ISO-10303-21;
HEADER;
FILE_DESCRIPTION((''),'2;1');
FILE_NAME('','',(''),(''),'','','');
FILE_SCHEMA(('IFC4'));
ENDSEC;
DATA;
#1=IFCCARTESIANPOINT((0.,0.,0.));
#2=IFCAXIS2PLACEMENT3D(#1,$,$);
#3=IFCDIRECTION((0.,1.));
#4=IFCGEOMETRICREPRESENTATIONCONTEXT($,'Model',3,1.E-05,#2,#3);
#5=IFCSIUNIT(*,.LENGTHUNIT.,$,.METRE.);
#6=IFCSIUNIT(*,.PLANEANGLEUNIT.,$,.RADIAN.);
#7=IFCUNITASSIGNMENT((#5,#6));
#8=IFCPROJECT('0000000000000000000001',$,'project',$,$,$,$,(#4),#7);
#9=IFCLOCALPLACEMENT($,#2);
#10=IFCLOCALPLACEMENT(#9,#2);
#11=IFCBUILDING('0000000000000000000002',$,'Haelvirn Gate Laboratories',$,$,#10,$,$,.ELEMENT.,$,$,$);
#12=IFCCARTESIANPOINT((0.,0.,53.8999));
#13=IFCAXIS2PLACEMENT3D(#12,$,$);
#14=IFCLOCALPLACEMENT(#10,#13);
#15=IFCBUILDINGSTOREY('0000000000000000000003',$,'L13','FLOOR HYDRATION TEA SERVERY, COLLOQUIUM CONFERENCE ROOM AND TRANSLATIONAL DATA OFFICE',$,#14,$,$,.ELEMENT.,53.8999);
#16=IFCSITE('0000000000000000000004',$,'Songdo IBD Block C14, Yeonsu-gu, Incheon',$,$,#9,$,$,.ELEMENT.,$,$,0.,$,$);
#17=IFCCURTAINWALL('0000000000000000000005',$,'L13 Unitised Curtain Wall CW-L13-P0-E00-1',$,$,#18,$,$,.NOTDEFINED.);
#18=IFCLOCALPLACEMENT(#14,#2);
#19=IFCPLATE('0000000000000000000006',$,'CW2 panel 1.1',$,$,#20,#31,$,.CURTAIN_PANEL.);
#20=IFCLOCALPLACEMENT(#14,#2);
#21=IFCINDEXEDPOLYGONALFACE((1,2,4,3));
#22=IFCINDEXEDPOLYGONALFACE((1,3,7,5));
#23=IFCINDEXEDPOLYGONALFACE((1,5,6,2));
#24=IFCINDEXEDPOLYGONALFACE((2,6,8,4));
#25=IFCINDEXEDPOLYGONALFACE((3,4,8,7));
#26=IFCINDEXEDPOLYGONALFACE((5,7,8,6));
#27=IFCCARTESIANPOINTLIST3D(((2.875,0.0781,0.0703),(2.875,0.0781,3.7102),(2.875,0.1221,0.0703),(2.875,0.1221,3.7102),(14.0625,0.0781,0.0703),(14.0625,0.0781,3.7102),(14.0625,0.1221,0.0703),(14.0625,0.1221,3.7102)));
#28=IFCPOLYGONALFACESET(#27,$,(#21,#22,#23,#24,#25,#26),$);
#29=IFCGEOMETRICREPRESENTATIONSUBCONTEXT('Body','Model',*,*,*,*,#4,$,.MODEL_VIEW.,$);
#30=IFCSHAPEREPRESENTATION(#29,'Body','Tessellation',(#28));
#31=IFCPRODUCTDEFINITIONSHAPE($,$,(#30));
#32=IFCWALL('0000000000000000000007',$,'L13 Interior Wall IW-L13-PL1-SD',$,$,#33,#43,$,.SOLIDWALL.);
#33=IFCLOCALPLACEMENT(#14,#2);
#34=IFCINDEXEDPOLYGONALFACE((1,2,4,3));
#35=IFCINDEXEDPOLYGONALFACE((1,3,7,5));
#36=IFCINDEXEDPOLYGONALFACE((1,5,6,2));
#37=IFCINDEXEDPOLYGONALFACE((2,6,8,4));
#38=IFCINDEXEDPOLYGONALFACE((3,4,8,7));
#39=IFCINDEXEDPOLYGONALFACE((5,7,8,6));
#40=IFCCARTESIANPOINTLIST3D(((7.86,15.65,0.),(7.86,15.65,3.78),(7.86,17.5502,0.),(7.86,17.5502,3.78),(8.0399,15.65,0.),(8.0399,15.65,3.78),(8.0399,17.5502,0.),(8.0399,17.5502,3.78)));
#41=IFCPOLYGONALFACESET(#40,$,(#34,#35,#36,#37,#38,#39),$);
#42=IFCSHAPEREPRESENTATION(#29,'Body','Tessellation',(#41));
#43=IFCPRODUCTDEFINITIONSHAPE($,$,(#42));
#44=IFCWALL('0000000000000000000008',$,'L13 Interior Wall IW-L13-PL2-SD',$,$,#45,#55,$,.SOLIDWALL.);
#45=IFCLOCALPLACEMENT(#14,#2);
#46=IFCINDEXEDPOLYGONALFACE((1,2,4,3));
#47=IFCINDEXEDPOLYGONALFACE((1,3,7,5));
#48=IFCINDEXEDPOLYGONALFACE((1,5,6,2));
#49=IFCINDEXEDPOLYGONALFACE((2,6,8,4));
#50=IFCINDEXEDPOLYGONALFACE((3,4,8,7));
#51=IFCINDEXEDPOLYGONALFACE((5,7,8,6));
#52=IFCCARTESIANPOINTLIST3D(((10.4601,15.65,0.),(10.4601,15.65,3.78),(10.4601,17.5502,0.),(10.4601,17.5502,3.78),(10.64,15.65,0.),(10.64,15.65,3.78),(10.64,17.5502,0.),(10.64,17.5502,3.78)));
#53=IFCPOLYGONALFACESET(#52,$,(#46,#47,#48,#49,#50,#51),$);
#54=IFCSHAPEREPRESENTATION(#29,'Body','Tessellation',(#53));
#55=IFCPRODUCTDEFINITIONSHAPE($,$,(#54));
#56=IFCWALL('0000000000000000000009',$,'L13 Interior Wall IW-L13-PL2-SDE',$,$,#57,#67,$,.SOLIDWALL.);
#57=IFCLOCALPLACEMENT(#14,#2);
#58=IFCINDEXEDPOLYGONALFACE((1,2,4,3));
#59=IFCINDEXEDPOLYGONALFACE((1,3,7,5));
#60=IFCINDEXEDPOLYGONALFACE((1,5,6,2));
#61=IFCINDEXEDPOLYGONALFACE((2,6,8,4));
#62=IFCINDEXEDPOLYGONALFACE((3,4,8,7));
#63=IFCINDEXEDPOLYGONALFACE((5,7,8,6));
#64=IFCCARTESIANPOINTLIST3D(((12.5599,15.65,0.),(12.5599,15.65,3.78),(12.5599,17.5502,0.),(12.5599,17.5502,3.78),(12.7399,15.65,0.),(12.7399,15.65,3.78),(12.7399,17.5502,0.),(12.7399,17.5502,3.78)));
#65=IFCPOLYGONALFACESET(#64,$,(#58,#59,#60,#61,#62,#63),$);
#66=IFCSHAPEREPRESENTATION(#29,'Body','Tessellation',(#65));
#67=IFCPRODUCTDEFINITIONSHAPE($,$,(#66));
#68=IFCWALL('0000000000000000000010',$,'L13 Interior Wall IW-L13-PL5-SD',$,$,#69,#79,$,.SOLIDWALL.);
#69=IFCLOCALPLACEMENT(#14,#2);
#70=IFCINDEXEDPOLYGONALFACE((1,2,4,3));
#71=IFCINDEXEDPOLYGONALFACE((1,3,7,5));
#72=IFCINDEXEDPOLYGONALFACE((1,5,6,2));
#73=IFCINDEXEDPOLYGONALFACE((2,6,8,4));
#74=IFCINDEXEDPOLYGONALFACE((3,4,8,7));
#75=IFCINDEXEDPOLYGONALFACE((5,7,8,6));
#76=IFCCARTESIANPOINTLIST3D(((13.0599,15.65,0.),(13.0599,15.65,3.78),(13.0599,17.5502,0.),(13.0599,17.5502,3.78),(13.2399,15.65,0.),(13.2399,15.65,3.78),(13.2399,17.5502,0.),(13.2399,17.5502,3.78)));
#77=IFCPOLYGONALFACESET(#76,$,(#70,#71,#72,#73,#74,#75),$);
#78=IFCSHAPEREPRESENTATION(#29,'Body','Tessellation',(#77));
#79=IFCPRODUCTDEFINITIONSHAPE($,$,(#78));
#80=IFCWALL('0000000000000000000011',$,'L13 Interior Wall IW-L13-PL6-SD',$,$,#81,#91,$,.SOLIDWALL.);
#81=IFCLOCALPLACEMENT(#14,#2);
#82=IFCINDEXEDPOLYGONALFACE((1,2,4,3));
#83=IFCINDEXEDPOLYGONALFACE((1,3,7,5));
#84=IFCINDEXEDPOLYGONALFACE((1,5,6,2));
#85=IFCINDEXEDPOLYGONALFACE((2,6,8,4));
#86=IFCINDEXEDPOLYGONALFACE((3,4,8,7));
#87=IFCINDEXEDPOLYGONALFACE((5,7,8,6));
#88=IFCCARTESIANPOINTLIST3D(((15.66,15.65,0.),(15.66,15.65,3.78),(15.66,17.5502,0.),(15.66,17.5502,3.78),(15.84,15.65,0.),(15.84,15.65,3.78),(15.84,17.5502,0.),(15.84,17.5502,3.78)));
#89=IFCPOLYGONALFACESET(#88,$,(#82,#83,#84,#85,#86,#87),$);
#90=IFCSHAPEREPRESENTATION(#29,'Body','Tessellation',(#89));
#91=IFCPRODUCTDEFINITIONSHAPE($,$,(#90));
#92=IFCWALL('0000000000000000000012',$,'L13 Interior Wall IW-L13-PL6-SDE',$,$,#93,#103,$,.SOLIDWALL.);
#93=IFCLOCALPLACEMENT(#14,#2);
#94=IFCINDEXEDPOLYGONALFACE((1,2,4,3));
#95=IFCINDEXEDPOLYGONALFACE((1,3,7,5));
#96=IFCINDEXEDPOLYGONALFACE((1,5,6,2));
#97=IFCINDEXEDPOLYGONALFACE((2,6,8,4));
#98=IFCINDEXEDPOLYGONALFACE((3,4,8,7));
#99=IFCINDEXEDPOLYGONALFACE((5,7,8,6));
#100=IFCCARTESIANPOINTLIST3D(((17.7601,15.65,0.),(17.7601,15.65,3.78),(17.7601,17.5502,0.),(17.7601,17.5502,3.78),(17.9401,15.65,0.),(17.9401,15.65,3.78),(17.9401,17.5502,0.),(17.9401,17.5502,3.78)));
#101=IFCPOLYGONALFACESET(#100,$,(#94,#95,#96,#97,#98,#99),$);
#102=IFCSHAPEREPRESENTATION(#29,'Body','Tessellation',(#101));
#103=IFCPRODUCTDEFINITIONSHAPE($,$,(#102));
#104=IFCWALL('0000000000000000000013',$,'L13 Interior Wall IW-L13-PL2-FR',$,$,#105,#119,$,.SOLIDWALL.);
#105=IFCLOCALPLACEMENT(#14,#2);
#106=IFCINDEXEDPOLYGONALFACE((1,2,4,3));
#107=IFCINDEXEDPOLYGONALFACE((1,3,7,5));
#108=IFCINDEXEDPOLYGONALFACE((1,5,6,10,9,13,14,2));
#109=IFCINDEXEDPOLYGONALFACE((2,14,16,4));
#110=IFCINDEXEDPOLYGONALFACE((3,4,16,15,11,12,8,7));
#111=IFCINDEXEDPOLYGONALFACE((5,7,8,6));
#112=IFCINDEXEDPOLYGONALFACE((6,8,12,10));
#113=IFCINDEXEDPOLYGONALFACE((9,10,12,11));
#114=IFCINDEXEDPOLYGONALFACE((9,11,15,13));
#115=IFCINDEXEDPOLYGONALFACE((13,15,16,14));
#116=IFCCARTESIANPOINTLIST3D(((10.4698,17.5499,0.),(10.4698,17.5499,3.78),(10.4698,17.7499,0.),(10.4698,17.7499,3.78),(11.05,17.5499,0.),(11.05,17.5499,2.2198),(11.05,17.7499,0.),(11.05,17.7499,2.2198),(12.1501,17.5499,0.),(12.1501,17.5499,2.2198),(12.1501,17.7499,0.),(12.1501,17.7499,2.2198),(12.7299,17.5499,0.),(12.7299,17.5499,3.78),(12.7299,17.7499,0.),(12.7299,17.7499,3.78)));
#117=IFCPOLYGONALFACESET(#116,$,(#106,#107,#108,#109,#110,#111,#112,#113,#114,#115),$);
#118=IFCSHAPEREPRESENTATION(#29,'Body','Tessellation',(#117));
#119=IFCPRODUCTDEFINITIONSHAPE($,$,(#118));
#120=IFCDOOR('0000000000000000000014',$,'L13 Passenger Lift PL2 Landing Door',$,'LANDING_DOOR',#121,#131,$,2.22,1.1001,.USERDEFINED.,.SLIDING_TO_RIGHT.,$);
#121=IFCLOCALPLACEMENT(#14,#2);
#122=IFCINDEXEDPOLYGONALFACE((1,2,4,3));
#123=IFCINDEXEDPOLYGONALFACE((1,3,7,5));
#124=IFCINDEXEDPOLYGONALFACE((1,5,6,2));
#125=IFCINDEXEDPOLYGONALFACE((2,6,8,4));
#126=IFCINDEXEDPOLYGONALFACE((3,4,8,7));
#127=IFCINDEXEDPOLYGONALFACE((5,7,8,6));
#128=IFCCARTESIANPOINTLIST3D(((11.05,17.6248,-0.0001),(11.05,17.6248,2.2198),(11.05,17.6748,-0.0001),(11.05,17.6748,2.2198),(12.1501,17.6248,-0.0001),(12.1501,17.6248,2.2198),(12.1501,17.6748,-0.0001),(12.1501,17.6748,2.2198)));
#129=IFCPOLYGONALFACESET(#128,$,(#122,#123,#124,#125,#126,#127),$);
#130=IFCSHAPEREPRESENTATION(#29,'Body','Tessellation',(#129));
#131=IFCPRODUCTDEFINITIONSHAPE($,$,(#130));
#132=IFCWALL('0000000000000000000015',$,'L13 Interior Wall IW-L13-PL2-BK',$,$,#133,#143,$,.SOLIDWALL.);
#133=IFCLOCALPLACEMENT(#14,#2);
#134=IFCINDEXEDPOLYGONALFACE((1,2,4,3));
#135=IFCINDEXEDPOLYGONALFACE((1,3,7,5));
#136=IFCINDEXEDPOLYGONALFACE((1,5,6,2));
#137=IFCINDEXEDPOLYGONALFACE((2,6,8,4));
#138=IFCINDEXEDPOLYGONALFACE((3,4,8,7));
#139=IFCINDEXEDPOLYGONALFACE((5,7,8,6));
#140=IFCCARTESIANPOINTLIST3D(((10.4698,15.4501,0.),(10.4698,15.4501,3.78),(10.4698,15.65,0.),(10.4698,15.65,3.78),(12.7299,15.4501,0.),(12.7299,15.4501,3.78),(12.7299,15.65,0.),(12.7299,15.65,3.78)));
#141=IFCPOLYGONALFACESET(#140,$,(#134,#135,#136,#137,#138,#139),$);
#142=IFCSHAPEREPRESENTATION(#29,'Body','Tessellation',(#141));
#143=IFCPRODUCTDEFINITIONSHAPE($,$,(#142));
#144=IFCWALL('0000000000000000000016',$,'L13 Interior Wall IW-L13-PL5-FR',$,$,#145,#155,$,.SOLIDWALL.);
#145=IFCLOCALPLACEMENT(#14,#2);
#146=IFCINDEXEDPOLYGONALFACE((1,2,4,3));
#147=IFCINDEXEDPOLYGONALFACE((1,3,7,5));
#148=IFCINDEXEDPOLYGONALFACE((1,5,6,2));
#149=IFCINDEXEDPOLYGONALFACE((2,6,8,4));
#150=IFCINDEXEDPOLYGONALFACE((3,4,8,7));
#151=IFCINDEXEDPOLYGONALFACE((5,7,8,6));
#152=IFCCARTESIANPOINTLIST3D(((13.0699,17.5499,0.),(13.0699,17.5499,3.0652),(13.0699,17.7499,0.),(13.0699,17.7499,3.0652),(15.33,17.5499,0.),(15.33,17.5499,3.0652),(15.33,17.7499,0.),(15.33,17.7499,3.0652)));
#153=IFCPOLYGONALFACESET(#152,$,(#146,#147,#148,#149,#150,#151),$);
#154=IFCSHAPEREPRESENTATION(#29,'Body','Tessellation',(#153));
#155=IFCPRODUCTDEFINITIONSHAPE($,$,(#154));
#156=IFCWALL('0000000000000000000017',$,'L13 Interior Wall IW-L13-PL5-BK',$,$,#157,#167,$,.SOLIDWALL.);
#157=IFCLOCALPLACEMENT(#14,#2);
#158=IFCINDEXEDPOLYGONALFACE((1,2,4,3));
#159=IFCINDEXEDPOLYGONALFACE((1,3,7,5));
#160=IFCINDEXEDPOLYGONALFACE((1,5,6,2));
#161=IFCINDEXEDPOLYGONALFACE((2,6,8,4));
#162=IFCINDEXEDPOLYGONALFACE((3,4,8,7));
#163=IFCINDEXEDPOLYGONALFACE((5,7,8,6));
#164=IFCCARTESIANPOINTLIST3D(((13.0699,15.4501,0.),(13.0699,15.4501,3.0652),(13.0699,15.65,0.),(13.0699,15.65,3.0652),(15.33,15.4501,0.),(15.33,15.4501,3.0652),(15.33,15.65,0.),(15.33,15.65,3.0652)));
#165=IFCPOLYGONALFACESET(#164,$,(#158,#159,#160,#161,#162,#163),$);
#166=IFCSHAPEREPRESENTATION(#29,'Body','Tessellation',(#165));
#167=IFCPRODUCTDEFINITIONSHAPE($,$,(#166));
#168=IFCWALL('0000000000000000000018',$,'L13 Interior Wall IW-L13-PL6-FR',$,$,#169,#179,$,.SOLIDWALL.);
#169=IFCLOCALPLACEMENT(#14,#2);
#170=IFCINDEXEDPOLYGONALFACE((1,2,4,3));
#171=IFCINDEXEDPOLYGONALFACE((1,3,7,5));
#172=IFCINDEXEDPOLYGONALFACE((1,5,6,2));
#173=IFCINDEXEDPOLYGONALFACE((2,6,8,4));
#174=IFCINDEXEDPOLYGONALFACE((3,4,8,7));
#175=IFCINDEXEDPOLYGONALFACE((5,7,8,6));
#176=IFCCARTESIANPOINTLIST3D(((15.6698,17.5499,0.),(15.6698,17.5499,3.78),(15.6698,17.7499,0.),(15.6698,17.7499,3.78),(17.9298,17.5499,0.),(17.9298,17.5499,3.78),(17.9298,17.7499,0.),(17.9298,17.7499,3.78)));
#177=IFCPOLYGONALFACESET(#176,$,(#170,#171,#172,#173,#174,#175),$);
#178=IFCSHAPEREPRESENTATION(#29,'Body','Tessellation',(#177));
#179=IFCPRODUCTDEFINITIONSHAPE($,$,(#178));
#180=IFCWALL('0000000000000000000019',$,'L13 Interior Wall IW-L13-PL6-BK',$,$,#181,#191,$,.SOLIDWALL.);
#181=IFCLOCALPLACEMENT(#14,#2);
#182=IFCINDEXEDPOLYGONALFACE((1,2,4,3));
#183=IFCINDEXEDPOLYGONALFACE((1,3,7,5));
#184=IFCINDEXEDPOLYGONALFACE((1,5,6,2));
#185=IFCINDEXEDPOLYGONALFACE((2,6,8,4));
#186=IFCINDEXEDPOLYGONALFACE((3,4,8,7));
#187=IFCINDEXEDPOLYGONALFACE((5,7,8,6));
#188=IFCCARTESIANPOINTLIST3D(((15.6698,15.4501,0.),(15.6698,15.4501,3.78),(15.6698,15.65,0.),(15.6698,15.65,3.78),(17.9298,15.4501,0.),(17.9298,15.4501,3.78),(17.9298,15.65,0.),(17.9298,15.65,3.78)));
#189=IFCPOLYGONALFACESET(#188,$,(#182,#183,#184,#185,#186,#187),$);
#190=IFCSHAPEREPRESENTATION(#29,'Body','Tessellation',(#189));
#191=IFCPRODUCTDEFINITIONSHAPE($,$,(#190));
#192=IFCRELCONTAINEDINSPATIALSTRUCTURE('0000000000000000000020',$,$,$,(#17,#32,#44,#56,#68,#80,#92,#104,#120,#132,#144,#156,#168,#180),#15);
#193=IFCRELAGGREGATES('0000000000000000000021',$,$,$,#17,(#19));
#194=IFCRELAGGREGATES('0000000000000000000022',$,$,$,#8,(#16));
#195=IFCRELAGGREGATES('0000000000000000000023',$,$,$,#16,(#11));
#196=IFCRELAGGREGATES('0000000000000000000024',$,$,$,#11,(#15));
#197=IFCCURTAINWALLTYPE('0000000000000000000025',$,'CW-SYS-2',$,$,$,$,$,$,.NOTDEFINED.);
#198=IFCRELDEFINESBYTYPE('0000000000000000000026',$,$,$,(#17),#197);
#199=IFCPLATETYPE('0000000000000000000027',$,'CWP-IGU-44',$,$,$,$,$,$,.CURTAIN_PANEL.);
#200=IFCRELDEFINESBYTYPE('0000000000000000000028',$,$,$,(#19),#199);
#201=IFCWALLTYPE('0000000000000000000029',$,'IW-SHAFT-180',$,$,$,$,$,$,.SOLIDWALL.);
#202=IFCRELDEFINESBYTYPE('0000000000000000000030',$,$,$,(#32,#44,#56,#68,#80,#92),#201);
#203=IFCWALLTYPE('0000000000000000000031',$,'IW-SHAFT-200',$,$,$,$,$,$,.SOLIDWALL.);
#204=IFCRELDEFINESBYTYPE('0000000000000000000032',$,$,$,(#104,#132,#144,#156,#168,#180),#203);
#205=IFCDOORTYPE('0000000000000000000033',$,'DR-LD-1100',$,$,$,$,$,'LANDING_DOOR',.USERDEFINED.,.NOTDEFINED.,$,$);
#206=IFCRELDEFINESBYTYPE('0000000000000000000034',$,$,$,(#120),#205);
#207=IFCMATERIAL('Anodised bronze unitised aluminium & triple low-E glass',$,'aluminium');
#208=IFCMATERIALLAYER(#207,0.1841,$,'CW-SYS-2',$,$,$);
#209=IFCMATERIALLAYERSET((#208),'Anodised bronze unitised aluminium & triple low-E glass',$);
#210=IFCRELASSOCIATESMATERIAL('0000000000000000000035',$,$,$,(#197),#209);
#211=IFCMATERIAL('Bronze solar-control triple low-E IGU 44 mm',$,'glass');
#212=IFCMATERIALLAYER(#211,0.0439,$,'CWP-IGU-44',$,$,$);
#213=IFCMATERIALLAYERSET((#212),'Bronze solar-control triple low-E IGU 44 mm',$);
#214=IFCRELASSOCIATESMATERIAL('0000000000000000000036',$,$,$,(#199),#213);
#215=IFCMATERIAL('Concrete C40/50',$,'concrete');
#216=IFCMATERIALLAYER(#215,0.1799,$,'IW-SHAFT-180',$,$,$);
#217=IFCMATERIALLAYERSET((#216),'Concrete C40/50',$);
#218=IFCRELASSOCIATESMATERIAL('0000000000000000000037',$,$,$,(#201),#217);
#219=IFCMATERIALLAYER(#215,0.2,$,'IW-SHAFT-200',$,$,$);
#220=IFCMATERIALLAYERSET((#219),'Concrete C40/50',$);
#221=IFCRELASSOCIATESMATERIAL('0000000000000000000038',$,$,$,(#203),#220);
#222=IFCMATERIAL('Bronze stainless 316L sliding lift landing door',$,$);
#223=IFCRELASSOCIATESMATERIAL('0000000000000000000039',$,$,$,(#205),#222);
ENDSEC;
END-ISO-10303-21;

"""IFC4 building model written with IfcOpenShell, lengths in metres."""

from ifc_helpers import new_model, si_unit, direction, frame, frame_2d, origin, origin_2d, place, context, subcontext, project, spatial, rectangle, extrude, source, transform, mapped, material, layer, layer_set, type_object, type_shapes, element, fill, aggregate, save


model = new_model("IFC4")

# Units and contexts
model_context = context("Model", 3, precision=1e-05, world=origin(), true_north=direction((0.0, 1.0)))
body_context = subcontext(model_context, "Body", "Model", "MODEL_VIEW")
ifc_project = project(units=[si_unit("LENGTHUNIT", "METRE"), si_unit("PLANEANGLEUNIT", "RADIAN")], contexts=[model_context])

# Site, building, storey
site_placement = place(None, origin())
site = spatial("IfcSite", under=ifc_project, at=site_placement, Name="Songdo IBD Block C14, Yeonsu-gu, Incheon", CompositionType="ELEMENT", RefElevation=0.0)
building_placement = place(site_placement, origin())
building = spatial("IfcBuilding", under=site, at=building_placement, Name="Haelvirn Gate Laboratories", CompositionType="ELEMENT")
storey_placement = place(building_placement, frame((0.0, 0.0, 53.8999)))
storey = spatial("IfcBuildingStorey", under=building, at=storey_placement, Name="L13", Description="FLOOR HYDRATION TEA SERVERY, COLLOQUIUM CONFERENCE ROOM AND TRANSLATIONAL DATA OFFICE", CompositionType="ELEMENT", Elevation=53.8999)

# Curtain wall, plate
ifc_material_1 = material(Name="Anodised bronze unitised aluminium & triple low-E glass", Category="aluminium")
ifc_layer_1 = layer(ifc_material_1, 0.1841, Name="CW-SYS-2")
ifc_layer_set_1 = layer_set([ifc_layer_1], Name="Anodised bronze unitised aluminium & triple low-E glass")
curtain_wall_type = type_object("IfcCurtainWallType", Name="CW-SYS-2", PredefinedType="NOTDEFINED", material=ifc_layer_set_1)
curtain_wall_placement = place(storey_placement, origin())
curtain_wall = element("IfcCurtainWall", 1, at=curtain_wall_placement, inside=storey, type_object=curtain_wall_type, Name="L13 Unitised Curtain Wall CW-L13-P0-E00-1", PredefinedType="NOTDEFINED")
ifc_material_2 = material(Name="Bronze solar-control triple low-E IGU 44 mm", Category="glass")
ifc_layer_2 = layer(ifc_material_2, 0.0439, Name="CWP-IGU-44")
ifc_layer_set_2 = layer_set([ifc_layer_2], Name="Bronze solar-control triple low-E IGU 44 mm")
plate_type = type_object("IfcPlateType", Name="CWP-IGU-44", PredefinedType="CURTAIN_PANEL", material=ifc_layer_set_2)
shared_shape_1 = source(origin(), body_context, "Body", "SweptSolid", [
    extrude(rectangle(XDim=11.1875, YDim=0.0439, at=origin_2d()), origin(), (0.0, 0.0, 1.0), 3.6399),
])
type_shapes(plate_type, [shared_shape_1])
plate_placement = place(storey_placement, frame((8.4688, 0.1001, 0.0703), z_axis=(0.0, 0.0, 1.0), x_axis=(1.0, 0.0, 0.0)))
plate = element("IfcPlate", 2, at=plate_placement, type_object=plate_type, Name="CW2 panel 1.1", PredefinedType="CURTAIN_PANEL", context=body_context, shape_type="MappedRepresentation", body=[
    mapped(shared_shape_1, transform((0.0, 0.0, 0.0), scale=1.0)),
])
aggregate(curtain_wall, [plate])

# Walls
ifc_material_3 = material(Name="Concrete C40/50", Category="concrete")
ifc_layer_3 = layer(ifc_material_3, 0.1799, Name="IW-SHAFT-180")
ifc_layer_set_3 = layer_set([ifc_layer_3], Name="Concrete C40/50")
wall_type_1 = type_object("IfcWallType", Name="IW-SHAFT-180", PredefinedType="SOLIDWALL", material=ifc_layer_set_3)
for number, where, z_axis, x_axis, name in (
    (3, (7.95, 15.6499, 0.0), (0.0, 0.0, 1.0), (0.0, 1.0, 0.0), "L13 Interior Wall IW-L13-PL1-SD"),
    (4, (10.55, 15.6499, 0.0), (0.0, 0.0, 1.0), (0.0, 1.0, 0.0), "L13 Interior Wall IW-L13-PL2-SD"),
    (5, (12.6499, 15.6499, 0.0), (0.0, 0.0, 1.0), (0.0, 1.0, 0.0), "L13 Interior Wall IW-L13-PL2-SDE"),
    (6, (13.1499, 15.6499, 0.0), (0.0, 0.0, 1.0), (0.0, 1.0, 0.0), "L13 Interior Wall IW-L13-PL5-SD"),
    (7, (15.75, 15.6499, 0.0), (0.0, 0.0, 1.0), (0.0, 1.0, 0.0), "L13 Interior Wall IW-L13-PL6-SD"),
    (8, (17.8501, 15.6499, 0.0), (0.0, 0.0, 1.0), (0.0, 1.0, 0.0), "L13 Interior Wall IW-L13-PL6-SDE"),
):
    element("IfcWall", number, at=place(storey_placement, frame(where, z_axis=z_axis, x_axis=x_axis)), inside=storey, type_object=wall_type_1, Name=name, PredefinedType="SOLIDWALL", context=body_context, shape_type="SweptSolid", body=[
        extrude(rectangle(XDim=1.9001, YDim=0.1799, at=frame_2d((0.9502, 0.0))), origin(), (0.0, 0.0, 1.0), 3.78),
    ])

# Wall, opening, door
ifc_layer_4 = layer(ifc_material_3, 0.2, Name="IW-SHAFT-200")
ifc_layer_set_4 = layer_set([ifc_layer_4], Name="Concrete C40/50")
wall_type_2 = type_object("IfcWallType", Name="IW-SHAFT-200", PredefinedType="SOLIDWALL", material=ifc_layer_set_4)
wall_1_placement = place(storey_placement, frame((10.47, 17.6499, 0.0), z_axis=(0.0, 0.0, 1.0), x_axis=(1.0, 0.0, 0.0)))
wall_1 = element("IfcWall", 9, at=wall_1_placement, inside=storey, type_object=wall_type_2, Name="L13 Interior Wall IW-L13-PL2-FR", PredefinedType="SOLIDWALL", context=body_context, shape_type="SweptSolid", body=[
    extrude(rectangle(XDim=2.26, YDim=0.2, at=frame_2d((1.1299, 0.0))), origin(), (0.0, 0.0, 1.0), 3.78),
])
opening_placement = place(wall_1_placement, frame((0.5801, 0.0, 0.0)))
opening = element("IfcOpeningElement", 10, at=opening_placement, cuts=wall_1, PredefinedType="OPENING", context=body_context, shape_type="SweptSolid", body=[
    extrude(rectangle(XDim=1.1001, YDim=2.22, at=frame_2d((0.55, 1.1099))), frame((0.0, 0.1099, 0.0), z_axis=(0.0, -1.0, 0.0), x_axis=(1.0, 0.0, 0.0)), (0.0, 0.0, 1.0), 0.22),
])
ifc_material_4 = material(Name="Bronze stainless 316L sliding lift landing door")
door_type = type_object("IfcDoorType", Name="DR-LD-1100", ElementType="LANDING_DOOR", OperationType="NOTDEFINED", PredefinedType="USERDEFINED", material=ifc_material_4)
shared_shape_2 = source(origin(), body_context, "Body", "SweptSolid", [
    extrude(rectangle(XDim=1.1001, YDim=2.22, at=frame_2d((0.55, 1.1099))), frame((0.0, 0.0249, 0.0), z_axis=(0.0, -1.0, 0.0), x_axis=(1.0, 0.0, 0.0)), (0.0, 0.0, 1.0), 0.05),
])
type_shapes(door_type, [shared_shape_2])
door_placement = place(opening_placement, origin())
door = element("IfcDoor", 11, at=door_placement, inside=storey, type_object=door_type, Name="L13 Passenger Lift PL2 Landing Door", ObjectType="LANDING_DOOR", OperationType="SLIDING_TO_RIGHT", OverallHeight=2.22, OverallWidth=1.1001, PredefinedType="USERDEFINED", context=body_context, shape_type="MappedRepresentation", body=[
    mapped(shared_shape_2, transform((0.0, 0.0, 0.0), scale=1.0)),
])
fill(opening, door)

# Walls
wall_2_placement = place(storey_placement, frame((10.47, 15.55, 0.0), z_axis=(0.0, 0.0, 1.0), x_axis=(1.0, 0.0, 0.0)))
element("IfcWall", 12, at=wall_2_placement, inside=storey, type_object=wall_type_2, Name="L13 Interior Wall IW-L13-PL2-BK", PredefinedType="SOLIDWALL", context=body_context, shape_type="SweptSolid", body=[
    extrude(rectangle(XDim=2.26, YDim=0.2, at=frame_2d((1.1299, 0.0))), origin(), (0.0, 0.0, 1.0), 3.78),
])
for number, where, z_axis, x_axis, name in (
    (13, (13.0701, 17.6499, 0.0), (0.0, 0.0, 1.0), (1.0, 0.0, 0.0), "L13 Interior Wall IW-L13-PL5-FR"),
    (14, (13.0701, 15.55, 0.0), (0.0, 0.0, 1.0), (1.0, 0.0, 0.0), "L13 Interior Wall IW-L13-PL5-BK"),
):
    element("IfcWall", number, at=place(storey_placement, frame(where, z_axis=z_axis, x_axis=x_axis)), inside=storey, type_object=wall_type_2, Name=name, PredefinedType="SOLIDWALL", context=body_context, shape_type="SweptSolid", body=[
        extrude(rectangle(XDim=2.26, YDim=0.2, at=frame_2d((1.1299, 0.0))), origin(), (0.0, 0.0, 1.0), 3.0652),
    ])
for number, where, z_axis, x_axis, name in (
    (15, (15.6699, 17.6499, 0.0), (0.0, 0.0, 1.0), (1.0, 0.0, 0.0), "L13 Interior Wall IW-L13-PL6-FR"),
    (16, (15.6699, 15.55, 0.0), (0.0, 0.0, 1.0), (1.0, 0.0, 0.0), "L13 Interior Wall IW-L13-PL6-BK"),
):
    element("IfcWall", number, at=place(storey_placement, frame(where, z_axis=z_axis, x_axis=x_axis)), inside=storey, type_object=wall_type_2, Name=name, PredefinedType="SOLIDWALL", context=body_context, shape_type="SweptSolid", body=[
        extrude(rectangle(XDim=2.26, YDim=0.2, at=frame_2d((1.1299, 0.0))), origin(), (0.0, 0.0, 1.0), 3.78),
    ])

save(model, "model.ifc")
